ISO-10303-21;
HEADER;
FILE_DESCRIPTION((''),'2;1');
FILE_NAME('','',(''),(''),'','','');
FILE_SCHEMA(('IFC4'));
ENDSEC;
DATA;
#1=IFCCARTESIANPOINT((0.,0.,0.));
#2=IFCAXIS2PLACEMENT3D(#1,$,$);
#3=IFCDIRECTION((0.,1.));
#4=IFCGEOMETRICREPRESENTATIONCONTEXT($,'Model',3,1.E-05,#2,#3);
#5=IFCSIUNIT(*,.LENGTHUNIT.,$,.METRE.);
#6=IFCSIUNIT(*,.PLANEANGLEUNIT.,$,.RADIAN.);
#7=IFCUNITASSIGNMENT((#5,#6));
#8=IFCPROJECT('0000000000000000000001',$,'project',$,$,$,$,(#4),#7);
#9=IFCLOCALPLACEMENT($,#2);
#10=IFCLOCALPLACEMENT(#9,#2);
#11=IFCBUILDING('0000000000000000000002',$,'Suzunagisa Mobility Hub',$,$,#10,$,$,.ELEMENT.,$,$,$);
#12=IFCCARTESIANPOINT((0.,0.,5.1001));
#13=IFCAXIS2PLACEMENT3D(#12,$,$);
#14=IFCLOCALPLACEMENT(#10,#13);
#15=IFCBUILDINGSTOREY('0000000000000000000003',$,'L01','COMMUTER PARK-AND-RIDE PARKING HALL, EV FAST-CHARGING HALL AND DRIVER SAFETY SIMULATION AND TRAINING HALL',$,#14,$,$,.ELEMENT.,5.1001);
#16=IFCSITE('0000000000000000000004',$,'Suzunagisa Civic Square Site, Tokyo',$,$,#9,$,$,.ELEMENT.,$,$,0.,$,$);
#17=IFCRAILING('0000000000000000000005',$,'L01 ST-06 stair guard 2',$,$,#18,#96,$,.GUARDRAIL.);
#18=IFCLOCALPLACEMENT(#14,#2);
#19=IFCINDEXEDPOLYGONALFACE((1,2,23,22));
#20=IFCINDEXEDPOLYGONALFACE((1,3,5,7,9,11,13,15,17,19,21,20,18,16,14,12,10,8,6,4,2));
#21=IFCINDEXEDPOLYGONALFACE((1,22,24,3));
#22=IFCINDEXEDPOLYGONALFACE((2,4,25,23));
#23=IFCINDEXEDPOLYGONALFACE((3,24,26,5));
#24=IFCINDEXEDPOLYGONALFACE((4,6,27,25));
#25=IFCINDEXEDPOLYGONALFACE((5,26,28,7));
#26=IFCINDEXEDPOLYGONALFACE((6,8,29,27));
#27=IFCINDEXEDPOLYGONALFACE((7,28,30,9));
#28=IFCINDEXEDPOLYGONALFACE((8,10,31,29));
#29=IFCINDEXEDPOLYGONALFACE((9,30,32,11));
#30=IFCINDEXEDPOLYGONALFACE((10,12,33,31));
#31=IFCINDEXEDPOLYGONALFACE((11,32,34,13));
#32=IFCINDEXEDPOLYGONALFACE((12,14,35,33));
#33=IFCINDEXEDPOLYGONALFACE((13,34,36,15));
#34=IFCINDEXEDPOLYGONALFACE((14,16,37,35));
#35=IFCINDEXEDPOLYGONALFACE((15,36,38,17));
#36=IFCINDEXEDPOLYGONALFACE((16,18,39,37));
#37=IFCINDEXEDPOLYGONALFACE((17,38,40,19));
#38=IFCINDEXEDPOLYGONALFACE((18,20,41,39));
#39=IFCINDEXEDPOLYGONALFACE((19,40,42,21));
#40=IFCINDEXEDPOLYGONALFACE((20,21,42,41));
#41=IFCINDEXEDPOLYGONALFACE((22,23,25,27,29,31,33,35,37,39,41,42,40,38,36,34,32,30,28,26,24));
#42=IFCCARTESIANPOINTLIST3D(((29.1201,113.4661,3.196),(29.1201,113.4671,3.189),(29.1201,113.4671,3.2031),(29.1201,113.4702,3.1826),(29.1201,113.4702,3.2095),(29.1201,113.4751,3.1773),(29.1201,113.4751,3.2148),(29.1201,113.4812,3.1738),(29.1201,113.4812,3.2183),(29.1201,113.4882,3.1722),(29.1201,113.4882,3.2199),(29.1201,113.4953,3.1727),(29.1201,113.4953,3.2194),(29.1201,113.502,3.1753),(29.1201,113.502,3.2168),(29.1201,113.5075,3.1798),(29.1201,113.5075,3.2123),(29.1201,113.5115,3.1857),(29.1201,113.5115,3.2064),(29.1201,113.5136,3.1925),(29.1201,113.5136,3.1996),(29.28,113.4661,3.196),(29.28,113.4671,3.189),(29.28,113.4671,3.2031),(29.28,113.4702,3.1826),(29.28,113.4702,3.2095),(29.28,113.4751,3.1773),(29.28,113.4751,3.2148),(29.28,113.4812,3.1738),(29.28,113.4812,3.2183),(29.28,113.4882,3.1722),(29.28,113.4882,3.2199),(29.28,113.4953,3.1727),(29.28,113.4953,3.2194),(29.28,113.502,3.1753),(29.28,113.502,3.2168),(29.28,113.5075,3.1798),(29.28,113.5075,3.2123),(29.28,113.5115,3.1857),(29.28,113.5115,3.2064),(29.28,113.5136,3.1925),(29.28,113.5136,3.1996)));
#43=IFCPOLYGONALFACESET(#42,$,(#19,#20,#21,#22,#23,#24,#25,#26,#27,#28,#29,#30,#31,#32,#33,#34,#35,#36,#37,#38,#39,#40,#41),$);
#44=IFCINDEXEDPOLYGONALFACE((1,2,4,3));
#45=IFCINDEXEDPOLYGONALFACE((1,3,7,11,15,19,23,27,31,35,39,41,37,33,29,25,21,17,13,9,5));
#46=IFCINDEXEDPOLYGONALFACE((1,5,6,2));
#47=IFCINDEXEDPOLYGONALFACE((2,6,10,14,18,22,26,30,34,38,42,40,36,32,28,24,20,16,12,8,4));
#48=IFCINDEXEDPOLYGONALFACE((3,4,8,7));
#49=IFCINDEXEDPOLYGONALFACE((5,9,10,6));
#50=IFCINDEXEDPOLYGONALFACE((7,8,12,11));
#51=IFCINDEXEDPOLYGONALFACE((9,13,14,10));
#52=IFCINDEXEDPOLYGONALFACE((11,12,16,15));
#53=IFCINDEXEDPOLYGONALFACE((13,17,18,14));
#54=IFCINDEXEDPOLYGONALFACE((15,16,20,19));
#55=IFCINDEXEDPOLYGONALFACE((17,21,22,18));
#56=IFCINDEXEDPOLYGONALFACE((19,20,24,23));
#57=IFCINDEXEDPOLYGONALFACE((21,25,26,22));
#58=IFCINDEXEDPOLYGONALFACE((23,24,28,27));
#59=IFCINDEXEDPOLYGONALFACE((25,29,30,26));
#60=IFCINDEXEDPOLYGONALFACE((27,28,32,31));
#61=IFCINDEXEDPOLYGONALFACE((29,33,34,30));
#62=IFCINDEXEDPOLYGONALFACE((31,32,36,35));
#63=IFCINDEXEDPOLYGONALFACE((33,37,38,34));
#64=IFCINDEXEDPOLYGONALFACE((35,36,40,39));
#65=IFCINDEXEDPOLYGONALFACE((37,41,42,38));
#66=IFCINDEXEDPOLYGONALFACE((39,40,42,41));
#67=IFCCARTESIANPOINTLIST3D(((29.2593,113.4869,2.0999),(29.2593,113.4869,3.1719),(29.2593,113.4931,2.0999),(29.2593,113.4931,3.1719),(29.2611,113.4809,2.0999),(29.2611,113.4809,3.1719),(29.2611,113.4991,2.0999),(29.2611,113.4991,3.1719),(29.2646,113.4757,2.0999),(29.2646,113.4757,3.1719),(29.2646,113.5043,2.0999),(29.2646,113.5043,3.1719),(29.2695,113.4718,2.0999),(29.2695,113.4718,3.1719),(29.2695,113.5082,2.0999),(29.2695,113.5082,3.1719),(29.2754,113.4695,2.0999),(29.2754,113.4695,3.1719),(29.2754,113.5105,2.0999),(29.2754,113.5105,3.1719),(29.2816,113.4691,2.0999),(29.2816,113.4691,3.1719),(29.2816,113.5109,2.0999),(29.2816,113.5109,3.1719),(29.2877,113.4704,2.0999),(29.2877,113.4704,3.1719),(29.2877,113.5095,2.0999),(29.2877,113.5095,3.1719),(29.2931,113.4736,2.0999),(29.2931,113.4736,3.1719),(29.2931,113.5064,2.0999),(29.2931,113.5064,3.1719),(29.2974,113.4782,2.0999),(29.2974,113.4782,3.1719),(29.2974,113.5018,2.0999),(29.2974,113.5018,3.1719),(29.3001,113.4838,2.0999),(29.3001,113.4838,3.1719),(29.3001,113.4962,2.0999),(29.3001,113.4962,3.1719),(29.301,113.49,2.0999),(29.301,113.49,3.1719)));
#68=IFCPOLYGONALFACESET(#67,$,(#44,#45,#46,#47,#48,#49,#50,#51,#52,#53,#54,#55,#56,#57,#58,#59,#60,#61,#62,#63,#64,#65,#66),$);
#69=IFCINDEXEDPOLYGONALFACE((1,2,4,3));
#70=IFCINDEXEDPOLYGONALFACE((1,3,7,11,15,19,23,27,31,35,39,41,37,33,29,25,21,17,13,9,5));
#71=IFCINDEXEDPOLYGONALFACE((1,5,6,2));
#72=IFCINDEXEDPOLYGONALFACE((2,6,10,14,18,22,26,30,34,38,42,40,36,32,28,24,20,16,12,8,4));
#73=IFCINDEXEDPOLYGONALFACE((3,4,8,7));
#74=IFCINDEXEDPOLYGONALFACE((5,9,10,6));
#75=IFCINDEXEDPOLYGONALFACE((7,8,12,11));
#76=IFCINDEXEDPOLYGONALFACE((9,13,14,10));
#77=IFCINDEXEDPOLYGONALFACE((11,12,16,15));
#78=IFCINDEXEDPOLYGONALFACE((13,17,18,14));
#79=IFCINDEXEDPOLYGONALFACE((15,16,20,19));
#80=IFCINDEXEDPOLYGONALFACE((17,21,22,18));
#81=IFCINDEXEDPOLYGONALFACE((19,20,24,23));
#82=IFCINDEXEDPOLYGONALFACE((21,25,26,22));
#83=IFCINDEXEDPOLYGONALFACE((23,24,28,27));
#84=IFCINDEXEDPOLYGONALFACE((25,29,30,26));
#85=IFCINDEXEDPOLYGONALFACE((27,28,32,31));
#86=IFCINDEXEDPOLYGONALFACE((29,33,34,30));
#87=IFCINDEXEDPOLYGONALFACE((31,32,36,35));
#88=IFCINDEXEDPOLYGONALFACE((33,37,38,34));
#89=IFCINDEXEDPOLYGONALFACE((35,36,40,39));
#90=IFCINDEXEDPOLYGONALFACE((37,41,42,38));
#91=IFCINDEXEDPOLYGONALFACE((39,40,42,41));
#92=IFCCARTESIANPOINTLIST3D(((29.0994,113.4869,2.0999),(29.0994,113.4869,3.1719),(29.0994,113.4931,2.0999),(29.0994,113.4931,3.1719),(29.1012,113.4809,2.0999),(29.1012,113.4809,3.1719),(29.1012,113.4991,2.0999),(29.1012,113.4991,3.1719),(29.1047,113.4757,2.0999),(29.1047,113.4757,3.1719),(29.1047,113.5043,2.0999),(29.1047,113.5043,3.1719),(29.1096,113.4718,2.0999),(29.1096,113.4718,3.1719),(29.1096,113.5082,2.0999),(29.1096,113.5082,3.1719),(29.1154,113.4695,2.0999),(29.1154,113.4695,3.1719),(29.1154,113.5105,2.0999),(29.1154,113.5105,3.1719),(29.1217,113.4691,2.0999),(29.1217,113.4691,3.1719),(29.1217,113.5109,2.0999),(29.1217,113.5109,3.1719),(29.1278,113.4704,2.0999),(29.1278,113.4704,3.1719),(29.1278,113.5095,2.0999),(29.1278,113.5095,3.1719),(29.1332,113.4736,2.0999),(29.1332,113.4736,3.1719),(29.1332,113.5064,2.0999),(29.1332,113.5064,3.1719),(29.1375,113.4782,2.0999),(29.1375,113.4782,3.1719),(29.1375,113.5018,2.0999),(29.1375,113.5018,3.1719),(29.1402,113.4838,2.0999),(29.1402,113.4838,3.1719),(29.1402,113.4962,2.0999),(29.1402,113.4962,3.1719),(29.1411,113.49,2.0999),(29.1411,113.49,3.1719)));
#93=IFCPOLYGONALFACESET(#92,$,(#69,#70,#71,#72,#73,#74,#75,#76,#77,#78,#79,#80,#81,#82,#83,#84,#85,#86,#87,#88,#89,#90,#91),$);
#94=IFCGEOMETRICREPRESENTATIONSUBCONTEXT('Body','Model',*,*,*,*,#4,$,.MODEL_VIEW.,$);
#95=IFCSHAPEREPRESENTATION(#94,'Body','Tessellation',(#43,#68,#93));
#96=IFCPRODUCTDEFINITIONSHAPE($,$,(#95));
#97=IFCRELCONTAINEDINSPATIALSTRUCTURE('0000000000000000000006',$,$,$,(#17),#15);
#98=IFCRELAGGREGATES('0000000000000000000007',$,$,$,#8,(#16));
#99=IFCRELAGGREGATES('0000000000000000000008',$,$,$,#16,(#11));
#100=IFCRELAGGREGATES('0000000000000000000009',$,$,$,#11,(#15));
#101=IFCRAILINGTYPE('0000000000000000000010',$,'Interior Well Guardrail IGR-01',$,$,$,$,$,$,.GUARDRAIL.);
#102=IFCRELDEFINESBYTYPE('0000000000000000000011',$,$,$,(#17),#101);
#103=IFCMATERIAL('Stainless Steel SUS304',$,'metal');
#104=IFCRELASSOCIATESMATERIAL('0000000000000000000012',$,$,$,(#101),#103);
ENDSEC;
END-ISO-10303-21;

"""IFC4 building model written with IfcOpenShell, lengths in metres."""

from ifc_helpers import new_model, si_unit, direction, frame, origin, origin_2d, place, context, subcontext, project, spatial, circle, extrude, material, type_object, element, save


model = new_model("IFC4")

# Units and contexts
model_context = context("Model", 3, precision=1e-05, world=origin(), true_north=direction((0.0, 1.0)))
body_context = subcontext(model_context, "Body", "Model", "MODEL_VIEW")
ifc_project = project(units=[si_unit("LENGTHUNIT", "METRE"), si_unit("PLANEANGLEUNIT", "RADIAN")], contexts=[model_context])

# Site, building, storey
site_placement = place(None, origin())
site = spatial("IfcSite", under=ifc_project, at=site_placement, Name="Suzunagisa Civic Square Site, Tokyo", CompositionType="ELEMENT", RefElevation=0.0)
building_placement = place(site_placement, origin())
building = spatial("IfcBuilding", under=site, at=building_placement, Name="Suzunagisa Mobility Hub", CompositionType="ELEMENT")
storey_placement = place(building_placement, frame((0.0, 0.0, 5.1001)))
storey = spatial("IfcBuildingStorey", under=building, at=storey_placement, Name="L01", Description="COMMUTER PARK-AND-RIDE PARKING HALL, EV FAST-CHARGING HALL AND DRIVER SAFETY SIMULATION AND TRAINING HALL", CompositionType="ELEMENT", Elevation=5.1001)

# Railing
ifc_material_1 = material(Name="Stainless Steel SUS304", Category="metal")
railing_type_1 = type_object("IfcRailingType", Name="Interior Well Guardrail IGR-01", PredefinedType="GUARDRAIL", material=ifc_material_1)
railing_1_placement = place(storey_placement, frame((29.28, 113.49, 2.0999)))
element("IfcRailing", 1, at=railing_1_placement, inside=storey, type_object=railing_type_1, Name="L01 ST-06 stair guard 2", PredefinedType="GUARDRAIL", context=body_context, shape_type="SweptSolid", body=[
    extrude(circle(Radius=0.0239, at=origin_2d()), frame((0.0, 0.0, 1.0962), z_axis=(-1.0, 0.0, 0.0), x_axis=(0.0, -1.0, 0.0)), (0.0, 0.0, 1.0), 0.1599),
    extrude(circle(Radius=0.021, at=origin_2d()), origin(), (0.0, 0.0, 1.0), 1.072),
    extrude(circle(Radius=0.021, at=origin_2d()), frame((-0.1599, 0.0, 0.0)), (0.0, 0.0, 1.0), 1.072),
])

save(model, "model.ifc")
